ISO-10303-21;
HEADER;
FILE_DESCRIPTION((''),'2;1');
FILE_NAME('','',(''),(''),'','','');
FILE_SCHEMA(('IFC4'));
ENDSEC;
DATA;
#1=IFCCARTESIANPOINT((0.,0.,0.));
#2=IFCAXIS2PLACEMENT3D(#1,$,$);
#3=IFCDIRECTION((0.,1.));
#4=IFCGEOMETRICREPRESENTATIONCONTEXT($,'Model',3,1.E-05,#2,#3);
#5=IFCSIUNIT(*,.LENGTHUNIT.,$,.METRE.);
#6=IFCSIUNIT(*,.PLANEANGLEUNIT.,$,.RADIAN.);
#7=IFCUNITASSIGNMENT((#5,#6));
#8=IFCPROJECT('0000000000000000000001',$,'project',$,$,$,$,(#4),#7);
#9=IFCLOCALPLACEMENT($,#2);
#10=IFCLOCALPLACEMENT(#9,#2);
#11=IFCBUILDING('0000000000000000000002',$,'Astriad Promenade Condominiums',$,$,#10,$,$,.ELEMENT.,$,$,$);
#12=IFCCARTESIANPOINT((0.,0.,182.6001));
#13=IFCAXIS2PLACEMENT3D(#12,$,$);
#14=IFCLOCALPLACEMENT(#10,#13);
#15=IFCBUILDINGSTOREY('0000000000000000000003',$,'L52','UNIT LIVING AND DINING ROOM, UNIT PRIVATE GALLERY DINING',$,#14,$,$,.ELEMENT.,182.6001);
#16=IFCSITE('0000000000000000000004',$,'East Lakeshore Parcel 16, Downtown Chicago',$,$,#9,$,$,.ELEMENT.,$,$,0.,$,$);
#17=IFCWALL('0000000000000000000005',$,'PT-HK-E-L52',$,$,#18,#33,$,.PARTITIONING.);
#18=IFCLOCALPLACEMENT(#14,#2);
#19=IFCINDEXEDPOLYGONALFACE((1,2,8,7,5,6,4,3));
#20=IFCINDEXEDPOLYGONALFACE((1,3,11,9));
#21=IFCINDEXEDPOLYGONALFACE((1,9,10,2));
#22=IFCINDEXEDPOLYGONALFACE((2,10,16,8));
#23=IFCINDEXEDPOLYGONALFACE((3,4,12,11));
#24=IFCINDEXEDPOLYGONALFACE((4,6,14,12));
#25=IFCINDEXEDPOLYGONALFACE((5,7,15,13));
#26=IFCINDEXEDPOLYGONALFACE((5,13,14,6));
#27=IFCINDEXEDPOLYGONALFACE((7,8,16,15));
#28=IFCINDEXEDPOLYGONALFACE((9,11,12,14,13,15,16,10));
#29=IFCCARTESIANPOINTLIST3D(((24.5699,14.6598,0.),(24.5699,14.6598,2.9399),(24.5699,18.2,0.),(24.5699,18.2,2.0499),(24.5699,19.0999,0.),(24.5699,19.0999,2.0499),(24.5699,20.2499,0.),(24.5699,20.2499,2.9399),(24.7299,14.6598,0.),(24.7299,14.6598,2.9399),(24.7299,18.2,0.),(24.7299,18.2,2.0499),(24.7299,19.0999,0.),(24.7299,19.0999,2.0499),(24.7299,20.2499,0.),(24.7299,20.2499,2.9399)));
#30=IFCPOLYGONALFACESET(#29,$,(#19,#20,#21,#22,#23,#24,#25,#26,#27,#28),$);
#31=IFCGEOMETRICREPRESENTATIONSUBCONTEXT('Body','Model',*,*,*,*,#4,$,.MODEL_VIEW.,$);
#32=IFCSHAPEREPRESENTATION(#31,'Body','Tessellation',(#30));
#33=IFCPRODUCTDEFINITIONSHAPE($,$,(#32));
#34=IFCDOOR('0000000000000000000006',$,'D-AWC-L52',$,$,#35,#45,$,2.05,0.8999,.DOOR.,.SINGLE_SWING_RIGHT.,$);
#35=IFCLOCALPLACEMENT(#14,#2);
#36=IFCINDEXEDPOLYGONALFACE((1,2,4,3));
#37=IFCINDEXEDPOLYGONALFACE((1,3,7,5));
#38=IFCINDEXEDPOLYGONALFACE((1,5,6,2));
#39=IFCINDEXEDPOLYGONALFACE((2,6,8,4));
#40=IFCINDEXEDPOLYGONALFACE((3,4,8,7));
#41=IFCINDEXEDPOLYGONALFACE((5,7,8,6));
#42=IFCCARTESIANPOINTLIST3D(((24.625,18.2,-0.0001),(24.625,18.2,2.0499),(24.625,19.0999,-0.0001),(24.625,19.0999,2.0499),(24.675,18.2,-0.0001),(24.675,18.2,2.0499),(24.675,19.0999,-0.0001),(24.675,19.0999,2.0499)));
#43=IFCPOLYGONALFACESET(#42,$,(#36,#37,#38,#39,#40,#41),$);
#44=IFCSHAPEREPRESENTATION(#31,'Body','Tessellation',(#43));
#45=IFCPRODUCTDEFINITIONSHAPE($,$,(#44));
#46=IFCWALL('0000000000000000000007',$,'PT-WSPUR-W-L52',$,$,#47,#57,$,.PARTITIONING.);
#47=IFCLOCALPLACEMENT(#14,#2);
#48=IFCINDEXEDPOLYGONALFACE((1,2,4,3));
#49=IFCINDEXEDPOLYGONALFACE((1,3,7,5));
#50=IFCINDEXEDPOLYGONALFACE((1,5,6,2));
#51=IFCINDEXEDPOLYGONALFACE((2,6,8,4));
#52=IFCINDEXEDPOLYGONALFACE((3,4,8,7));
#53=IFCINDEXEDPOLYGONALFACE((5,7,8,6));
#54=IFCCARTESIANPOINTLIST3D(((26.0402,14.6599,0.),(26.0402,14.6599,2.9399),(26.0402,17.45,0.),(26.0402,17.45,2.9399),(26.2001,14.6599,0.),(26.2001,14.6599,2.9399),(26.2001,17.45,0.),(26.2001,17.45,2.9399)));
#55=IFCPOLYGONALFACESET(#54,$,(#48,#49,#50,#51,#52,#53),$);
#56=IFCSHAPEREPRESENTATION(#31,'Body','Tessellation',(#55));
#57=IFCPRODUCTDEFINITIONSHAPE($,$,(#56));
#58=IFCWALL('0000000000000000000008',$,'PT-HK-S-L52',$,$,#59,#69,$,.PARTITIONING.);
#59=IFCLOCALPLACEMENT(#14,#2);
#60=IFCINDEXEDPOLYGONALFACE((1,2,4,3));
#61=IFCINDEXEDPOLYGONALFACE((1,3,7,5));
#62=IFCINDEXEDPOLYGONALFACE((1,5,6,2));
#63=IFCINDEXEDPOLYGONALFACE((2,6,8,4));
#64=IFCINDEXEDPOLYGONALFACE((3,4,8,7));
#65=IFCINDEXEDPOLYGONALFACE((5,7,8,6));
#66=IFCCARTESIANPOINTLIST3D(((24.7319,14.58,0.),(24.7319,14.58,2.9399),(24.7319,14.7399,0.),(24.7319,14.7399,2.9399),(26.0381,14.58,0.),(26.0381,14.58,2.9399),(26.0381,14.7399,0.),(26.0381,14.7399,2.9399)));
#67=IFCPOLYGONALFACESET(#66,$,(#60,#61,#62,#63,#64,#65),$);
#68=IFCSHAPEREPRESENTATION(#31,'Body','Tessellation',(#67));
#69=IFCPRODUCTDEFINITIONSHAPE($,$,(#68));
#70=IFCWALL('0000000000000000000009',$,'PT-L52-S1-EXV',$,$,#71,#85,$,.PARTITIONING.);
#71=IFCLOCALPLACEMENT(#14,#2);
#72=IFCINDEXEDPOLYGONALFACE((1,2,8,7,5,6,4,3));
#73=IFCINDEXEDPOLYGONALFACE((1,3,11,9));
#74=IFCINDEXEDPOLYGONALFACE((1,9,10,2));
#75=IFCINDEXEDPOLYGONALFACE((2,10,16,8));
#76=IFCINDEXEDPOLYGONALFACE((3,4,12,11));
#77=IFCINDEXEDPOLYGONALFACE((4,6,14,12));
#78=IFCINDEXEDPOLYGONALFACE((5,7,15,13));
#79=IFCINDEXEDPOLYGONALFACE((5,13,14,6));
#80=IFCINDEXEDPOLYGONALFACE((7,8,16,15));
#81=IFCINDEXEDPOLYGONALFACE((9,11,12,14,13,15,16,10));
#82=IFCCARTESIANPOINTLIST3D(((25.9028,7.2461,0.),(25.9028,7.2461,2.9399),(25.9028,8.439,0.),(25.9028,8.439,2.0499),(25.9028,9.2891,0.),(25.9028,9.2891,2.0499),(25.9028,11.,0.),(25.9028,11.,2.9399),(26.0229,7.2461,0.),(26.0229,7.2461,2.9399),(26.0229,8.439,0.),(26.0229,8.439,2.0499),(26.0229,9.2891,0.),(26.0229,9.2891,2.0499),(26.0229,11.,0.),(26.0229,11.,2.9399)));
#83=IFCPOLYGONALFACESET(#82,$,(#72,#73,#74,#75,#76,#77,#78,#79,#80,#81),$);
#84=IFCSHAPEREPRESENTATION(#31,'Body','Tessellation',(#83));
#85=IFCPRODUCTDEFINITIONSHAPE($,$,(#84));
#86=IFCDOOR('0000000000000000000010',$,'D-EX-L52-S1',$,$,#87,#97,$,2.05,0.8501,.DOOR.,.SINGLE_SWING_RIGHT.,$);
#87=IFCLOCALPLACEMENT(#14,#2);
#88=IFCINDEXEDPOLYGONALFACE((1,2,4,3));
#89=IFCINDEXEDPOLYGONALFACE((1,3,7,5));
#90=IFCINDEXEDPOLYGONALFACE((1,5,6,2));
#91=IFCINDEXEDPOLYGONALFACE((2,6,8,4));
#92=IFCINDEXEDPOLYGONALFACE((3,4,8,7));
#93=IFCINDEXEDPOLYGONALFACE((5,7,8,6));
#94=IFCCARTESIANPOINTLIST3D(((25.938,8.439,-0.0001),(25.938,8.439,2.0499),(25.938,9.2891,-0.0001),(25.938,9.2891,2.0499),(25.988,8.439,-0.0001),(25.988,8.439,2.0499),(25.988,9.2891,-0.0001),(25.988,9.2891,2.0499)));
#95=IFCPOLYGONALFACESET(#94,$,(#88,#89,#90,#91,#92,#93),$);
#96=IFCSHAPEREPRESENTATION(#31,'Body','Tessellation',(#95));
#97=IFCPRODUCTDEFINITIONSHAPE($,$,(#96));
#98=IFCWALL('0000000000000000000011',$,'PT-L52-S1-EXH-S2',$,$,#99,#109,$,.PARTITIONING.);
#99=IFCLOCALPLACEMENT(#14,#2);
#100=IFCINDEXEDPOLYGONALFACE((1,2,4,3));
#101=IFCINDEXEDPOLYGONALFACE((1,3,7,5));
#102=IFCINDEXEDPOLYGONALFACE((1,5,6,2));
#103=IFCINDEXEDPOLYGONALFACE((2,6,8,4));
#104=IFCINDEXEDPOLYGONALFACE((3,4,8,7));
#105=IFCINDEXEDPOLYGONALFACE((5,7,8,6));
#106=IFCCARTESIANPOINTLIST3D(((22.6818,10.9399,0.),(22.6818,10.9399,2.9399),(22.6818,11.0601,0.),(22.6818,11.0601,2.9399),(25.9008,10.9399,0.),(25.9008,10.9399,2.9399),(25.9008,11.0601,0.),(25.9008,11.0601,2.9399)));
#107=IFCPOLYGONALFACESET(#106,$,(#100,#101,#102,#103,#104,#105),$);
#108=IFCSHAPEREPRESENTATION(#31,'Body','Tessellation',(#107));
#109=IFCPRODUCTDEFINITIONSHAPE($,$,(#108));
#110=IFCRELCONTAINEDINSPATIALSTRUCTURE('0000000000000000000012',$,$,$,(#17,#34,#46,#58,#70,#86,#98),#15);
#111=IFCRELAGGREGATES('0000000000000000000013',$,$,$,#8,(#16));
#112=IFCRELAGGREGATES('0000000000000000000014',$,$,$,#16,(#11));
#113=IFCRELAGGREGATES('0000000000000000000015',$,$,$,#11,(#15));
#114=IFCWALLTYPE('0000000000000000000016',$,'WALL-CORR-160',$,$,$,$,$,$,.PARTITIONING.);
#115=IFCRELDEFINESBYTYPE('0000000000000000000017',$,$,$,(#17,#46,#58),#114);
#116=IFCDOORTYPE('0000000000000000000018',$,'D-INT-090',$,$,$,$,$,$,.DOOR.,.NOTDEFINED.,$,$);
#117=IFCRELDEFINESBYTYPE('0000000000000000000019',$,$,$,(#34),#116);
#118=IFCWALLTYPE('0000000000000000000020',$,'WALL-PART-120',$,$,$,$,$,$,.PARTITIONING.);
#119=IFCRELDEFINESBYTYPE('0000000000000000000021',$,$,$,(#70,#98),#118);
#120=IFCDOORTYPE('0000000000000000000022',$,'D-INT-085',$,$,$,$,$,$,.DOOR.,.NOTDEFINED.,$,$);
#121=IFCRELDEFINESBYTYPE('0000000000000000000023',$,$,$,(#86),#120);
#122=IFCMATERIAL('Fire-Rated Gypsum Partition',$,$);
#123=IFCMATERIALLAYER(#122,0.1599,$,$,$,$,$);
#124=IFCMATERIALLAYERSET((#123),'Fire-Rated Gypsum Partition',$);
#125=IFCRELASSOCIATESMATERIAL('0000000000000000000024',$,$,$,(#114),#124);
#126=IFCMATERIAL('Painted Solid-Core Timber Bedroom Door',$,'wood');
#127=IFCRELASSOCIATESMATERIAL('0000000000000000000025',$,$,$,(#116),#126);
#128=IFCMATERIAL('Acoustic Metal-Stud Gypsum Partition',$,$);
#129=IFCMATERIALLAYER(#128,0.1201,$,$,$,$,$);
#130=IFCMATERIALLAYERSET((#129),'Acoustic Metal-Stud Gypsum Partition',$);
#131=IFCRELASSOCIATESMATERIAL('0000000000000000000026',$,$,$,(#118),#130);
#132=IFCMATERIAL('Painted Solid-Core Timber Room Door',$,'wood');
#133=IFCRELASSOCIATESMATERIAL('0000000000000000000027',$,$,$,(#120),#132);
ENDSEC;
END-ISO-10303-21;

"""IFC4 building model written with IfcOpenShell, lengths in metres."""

from ifc_helpers import new_model, si_unit, direction, frame, frame_2d, origin, place, context, subcontext, project, spatial, rectangle, extrude, source, transform, mapped, material, layer, layer_set, type_object, type_shapes, element, fill, save


model = new_model("IFC4")

# Units and contexts
model_context = context("Model", 3, precision=1e-05, world=origin(), true_north=direction((0.0, 1.0)))
body_context = subcontext(model_context, "Body", "Model", "MODEL_VIEW")
ifc_project = project(units=[si_unit("LENGTHUNIT", "METRE"), si_unit("PLANEANGLEUNIT", "RADIAN")], contexts=[model_context])

# Site, building, storey
site_placement = place(None, origin())
site = spatial("IfcSite", under=ifc_project, at=site_placement, Name="East Lakeshore Parcel 16, Downtown Chicago", CompositionType="ELEMENT", RefElevation=0.0)
building_placement = place(site_placement, origin())
building = spatial("IfcBuilding", under=site, at=building_placement, Name="Astriad Promenade Condominiums", CompositionType="ELEMENT")
storey_placement = place(building_placement, frame((0.0, 0.0, 182.6001)))
storey = spatial("IfcBuildingStorey", under=building, at=storey_placement, Name="L52", Description="UNIT LIVING AND DINING ROOM, UNIT PRIVATE GALLERY DINING", CompositionType="ELEMENT", Elevation=182.6001)

# Shared definitions
ifc_material_1 = material(Name="Fire-Rated Gypsum Partition")
ifc_layer_1 = layer(ifc_material_1, 0.1599)
ifc_layer_set_1 = layer_set([ifc_layer_1], Name="Fire-Rated Gypsum Partition")
wall_type_1 = type_object("IfcWallType", Name="WALL-CORR-160", PredefinedType="PARTITIONING", material=ifc_layer_set_1)

# Wall, opening, door
wall_1_placement = place(storey_placement, frame((24.6499, 14.6599, 0.0), z_axis=(0.0, 0.0, 1.0), x_axis=(0.0, 1.0, 0.0)))
wall_1 = element("IfcWall", 1, at=wall_1_placement, inside=storey, type_object=wall_type_1, Name="PT-HK-E-L52", PredefinedType="PARTITIONING", context=body_context, shape_type="SweptSolid", body=[
    extrude(rectangle(XDim=5.5901, YDim=0.1599, at=frame_2d((2.7949, 0.0))), origin(), (0.0, 0.0, 1.0), 2.9399),
])
opening_1_placement = place(wall_1_placement, frame((3.54, 0.0, 0.0)))
opening_1 = element("IfcOpeningElement", 2, at=opening_1_placement, cuts=wall_1, PredefinedType="OPENING", context=body_context, shape_type="SweptSolid", body=[
    extrude(rectangle(XDim=0.8999, YDim=2.05, at=frame_2d((0.45, 1.0249))), frame((0.0, 0.0898, 0.0), z_axis=(0.0, -1.0, 0.0), x_axis=(1.0, 0.0, 0.0)), (0.0, 0.0, 1.0), 0.1799),
])
ifc_material_2 = material(Name="Painted Solid-Core Timber Bedroom Door", Category="wood")
door_type_1 = type_object("IfcDoorType", Name="D-INT-090", OperationType="NOTDEFINED", PredefinedType="DOOR", material=ifc_material_2)
shared_shape_1 = source(origin(), body_context, "Body", "SweptSolid", [
    extrude(rectangle(XDim=0.8999, YDim=2.05, at=frame_2d((0.45, 1.0249))), frame((0.0, 0.0249, 0.0), z_axis=(0.0, -1.0, 0.0), x_axis=(1.0, 0.0, 0.0)), (0.0, 0.0, 1.0), 0.05),
])
type_shapes(door_type_1, [shared_shape_1])
door_1_placement = place(opening_1_placement, origin())
door_1 = element("IfcDoor", 3, at=door_1_placement, inside=storey, type_object=door_type_1, Name="D-AWC-L52", OperationType="SINGLE_SWING_RIGHT", OverallHeight=2.05, OverallWidth=0.8999, PredefinedType="DOOR", context=body_context, shape_type="MappedRepresentation", body=[
    mapped(shared_shape_1, transform((0.0, 0.0, 0.0), scale=1.0)),
])
fill(opening_1, door_1)

# Walls
wall_2_placement = place(storey_placement, frame((26.1201, 14.6599, 0.0), z_axis=(0.0, 0.0, 1.0), x_axis=(0.0, 1.0, 0.0)))
element("IfcWall", 4, at=wall_2_placement, inside=storey, type_object=wall_type_1, Name="PT-WSPUR-W-L52", PredefinedType="PARTITIONING", context=body_context, shape_type="SweptSolid", body=[
    extrude(rectangle(XDim=2.79, YDim=0.1599, at=frame_2d((1.395, 0.0))), origin(), (0.0, 0.0, 1.0), 2.9399),
])
wall_3_placement = place(storey_placement, frame((24.7319, 14.6599, 0.0), z_axis=(0.0, 0.0, 1.0), x_axis=(1.0, 0.0, 0.0)))
element("IfcWall", 5, at=wall_3_placement, inside=storey, type_object=wall_type_1, Name="PT-HK-S-L52", PredefinedType="PARTITIONING", context=body_context, shape_type="SweptSolid", body=[
    extrude(rectangle(XDim=1.3062, YDim=0.1599, at=frame_2d((0.6531, 0.0))), origin(), (0.0, 0.0, 1.0), 2.9399),
])

# Wall, opening, door
ifc_material_3 = material(Name="Acoustic Metal-Stud Gypsum Partition")
ifc_layer_2 = layer(ifc_material_3, 0.1201)
ifc_layer_set_2 = layer_set([ifc_layer_2], Name="Acoustic Metal-Stud Gypsum Partition")
wall_type_2 = type_object("IfcWallType", Name="WALL-PART-120", PredefinedType="PARTITIONING", material=ifc_layer_set_2)
wall_4_placement = place(storey_placement, frame((25.9629, 7.2461, 0.0), z_axis=(0.0, 0.0, 1.0), x_axis=(0.0, 1.0, 0.0)))
wall_4 = element("IfcWall", 6, at=wall_4_placement, inside=storey, type_object=wall_type_2, Name="PT-L52-S1-EXV", PredefinedType="PARTITIONING", context=body_context, shape_type="SweptSolid", body=[
    extrude(rectangle(XDim=3.7539, YDim=0.1201, at=frame_2d((1.877, 0.0))), origin(), (0.0, 0.0, 1.0), 2.9399),
])
opening_2_placement = place(wall_4_placement, frame((1.1929, 0.0, 0.0)))
opening_2 = element("IfcOpeningElement", 7, at=opening_2_placement, cuts=wall_4, PredefinedType="OPENING", context=body_context, shape_type="SweptSolid", body=[
    extrude(rectangle(XDim=0.8501, YDim=2.05, at=frame_2d((0.425, 1.0249))), frame((0.0, 0.0701, 0.0), z_axis=(0.0, -1.0, 0.0), x_axis=(1.0, 0.0, 0.0)), (0.0, 0.0, 1.0), 0.1401),
])
ifc_material_4 = material(Name="Painted Solid-Core Timber Room Door", Category="wood")
door_type_2 = type_object("IfcDoorType", Name="D-INT-085", OperationType="NOTDEFINED", PredefinedType="DOOR", material=ifc_material_4)
shared_shape_2 = source(origin(), body_context, "Body", "SweptSolid", [
    extrude(rectangle(XDim=0.8501, YDim=2.05, at=frame_2d((0.425, 1.0249))), frame((0.0, 0.0249, 0.0), z_axis=(0.0, -1.0, 0.0), x_axis=(1.0, 0.0, 0.0)), (0.0, 0.0, 1.0), 0.05),
])
type_shapes(door_type_2, [shared_shape_2])
door_2_placement = place(opening_2_placement, origin())
door_2 = element("IfcDoor", 8, at=door_2_placement, inside=storey, type_object=door_type_2, Name="D-EX-L52-S1", OperationType="SINGLE_SWING_RIGHT", OverallHeight=2.05, OverallWidth=0.8501, PredefinedType="DOOR", context=body_context, shape_type="MappedRepresentation", body=[
    mapped(shared_shape_2, transform((0.0, 0.0, 0.0), scale=1.0)),
])
fill(opening_2, door_2)

# Wall
wall_5_placement = place(storey_placement, frame((22.6819, 11.0, 0.0), z_axis=(0.0, 0.0, 1.0), x_axis=(1.0, 0.0, 0.0)))
element("IfcWall", 9, at=wall_5_placement, inside=storey, type_object=wall_type_2, Name="PT-L52-S1-EXH-S2", PredefinedType="PARTITIONING", context=body_context, shape_type="SweptSolid", body=[
    extrude(rectangle(XDim=3.219, YDim=0.1201, at=frame_2d((1.6094, 0.0))), origin(), (0.0, 0.0, 1.0), 2.9399),
])

save(model, "model.ifc")
